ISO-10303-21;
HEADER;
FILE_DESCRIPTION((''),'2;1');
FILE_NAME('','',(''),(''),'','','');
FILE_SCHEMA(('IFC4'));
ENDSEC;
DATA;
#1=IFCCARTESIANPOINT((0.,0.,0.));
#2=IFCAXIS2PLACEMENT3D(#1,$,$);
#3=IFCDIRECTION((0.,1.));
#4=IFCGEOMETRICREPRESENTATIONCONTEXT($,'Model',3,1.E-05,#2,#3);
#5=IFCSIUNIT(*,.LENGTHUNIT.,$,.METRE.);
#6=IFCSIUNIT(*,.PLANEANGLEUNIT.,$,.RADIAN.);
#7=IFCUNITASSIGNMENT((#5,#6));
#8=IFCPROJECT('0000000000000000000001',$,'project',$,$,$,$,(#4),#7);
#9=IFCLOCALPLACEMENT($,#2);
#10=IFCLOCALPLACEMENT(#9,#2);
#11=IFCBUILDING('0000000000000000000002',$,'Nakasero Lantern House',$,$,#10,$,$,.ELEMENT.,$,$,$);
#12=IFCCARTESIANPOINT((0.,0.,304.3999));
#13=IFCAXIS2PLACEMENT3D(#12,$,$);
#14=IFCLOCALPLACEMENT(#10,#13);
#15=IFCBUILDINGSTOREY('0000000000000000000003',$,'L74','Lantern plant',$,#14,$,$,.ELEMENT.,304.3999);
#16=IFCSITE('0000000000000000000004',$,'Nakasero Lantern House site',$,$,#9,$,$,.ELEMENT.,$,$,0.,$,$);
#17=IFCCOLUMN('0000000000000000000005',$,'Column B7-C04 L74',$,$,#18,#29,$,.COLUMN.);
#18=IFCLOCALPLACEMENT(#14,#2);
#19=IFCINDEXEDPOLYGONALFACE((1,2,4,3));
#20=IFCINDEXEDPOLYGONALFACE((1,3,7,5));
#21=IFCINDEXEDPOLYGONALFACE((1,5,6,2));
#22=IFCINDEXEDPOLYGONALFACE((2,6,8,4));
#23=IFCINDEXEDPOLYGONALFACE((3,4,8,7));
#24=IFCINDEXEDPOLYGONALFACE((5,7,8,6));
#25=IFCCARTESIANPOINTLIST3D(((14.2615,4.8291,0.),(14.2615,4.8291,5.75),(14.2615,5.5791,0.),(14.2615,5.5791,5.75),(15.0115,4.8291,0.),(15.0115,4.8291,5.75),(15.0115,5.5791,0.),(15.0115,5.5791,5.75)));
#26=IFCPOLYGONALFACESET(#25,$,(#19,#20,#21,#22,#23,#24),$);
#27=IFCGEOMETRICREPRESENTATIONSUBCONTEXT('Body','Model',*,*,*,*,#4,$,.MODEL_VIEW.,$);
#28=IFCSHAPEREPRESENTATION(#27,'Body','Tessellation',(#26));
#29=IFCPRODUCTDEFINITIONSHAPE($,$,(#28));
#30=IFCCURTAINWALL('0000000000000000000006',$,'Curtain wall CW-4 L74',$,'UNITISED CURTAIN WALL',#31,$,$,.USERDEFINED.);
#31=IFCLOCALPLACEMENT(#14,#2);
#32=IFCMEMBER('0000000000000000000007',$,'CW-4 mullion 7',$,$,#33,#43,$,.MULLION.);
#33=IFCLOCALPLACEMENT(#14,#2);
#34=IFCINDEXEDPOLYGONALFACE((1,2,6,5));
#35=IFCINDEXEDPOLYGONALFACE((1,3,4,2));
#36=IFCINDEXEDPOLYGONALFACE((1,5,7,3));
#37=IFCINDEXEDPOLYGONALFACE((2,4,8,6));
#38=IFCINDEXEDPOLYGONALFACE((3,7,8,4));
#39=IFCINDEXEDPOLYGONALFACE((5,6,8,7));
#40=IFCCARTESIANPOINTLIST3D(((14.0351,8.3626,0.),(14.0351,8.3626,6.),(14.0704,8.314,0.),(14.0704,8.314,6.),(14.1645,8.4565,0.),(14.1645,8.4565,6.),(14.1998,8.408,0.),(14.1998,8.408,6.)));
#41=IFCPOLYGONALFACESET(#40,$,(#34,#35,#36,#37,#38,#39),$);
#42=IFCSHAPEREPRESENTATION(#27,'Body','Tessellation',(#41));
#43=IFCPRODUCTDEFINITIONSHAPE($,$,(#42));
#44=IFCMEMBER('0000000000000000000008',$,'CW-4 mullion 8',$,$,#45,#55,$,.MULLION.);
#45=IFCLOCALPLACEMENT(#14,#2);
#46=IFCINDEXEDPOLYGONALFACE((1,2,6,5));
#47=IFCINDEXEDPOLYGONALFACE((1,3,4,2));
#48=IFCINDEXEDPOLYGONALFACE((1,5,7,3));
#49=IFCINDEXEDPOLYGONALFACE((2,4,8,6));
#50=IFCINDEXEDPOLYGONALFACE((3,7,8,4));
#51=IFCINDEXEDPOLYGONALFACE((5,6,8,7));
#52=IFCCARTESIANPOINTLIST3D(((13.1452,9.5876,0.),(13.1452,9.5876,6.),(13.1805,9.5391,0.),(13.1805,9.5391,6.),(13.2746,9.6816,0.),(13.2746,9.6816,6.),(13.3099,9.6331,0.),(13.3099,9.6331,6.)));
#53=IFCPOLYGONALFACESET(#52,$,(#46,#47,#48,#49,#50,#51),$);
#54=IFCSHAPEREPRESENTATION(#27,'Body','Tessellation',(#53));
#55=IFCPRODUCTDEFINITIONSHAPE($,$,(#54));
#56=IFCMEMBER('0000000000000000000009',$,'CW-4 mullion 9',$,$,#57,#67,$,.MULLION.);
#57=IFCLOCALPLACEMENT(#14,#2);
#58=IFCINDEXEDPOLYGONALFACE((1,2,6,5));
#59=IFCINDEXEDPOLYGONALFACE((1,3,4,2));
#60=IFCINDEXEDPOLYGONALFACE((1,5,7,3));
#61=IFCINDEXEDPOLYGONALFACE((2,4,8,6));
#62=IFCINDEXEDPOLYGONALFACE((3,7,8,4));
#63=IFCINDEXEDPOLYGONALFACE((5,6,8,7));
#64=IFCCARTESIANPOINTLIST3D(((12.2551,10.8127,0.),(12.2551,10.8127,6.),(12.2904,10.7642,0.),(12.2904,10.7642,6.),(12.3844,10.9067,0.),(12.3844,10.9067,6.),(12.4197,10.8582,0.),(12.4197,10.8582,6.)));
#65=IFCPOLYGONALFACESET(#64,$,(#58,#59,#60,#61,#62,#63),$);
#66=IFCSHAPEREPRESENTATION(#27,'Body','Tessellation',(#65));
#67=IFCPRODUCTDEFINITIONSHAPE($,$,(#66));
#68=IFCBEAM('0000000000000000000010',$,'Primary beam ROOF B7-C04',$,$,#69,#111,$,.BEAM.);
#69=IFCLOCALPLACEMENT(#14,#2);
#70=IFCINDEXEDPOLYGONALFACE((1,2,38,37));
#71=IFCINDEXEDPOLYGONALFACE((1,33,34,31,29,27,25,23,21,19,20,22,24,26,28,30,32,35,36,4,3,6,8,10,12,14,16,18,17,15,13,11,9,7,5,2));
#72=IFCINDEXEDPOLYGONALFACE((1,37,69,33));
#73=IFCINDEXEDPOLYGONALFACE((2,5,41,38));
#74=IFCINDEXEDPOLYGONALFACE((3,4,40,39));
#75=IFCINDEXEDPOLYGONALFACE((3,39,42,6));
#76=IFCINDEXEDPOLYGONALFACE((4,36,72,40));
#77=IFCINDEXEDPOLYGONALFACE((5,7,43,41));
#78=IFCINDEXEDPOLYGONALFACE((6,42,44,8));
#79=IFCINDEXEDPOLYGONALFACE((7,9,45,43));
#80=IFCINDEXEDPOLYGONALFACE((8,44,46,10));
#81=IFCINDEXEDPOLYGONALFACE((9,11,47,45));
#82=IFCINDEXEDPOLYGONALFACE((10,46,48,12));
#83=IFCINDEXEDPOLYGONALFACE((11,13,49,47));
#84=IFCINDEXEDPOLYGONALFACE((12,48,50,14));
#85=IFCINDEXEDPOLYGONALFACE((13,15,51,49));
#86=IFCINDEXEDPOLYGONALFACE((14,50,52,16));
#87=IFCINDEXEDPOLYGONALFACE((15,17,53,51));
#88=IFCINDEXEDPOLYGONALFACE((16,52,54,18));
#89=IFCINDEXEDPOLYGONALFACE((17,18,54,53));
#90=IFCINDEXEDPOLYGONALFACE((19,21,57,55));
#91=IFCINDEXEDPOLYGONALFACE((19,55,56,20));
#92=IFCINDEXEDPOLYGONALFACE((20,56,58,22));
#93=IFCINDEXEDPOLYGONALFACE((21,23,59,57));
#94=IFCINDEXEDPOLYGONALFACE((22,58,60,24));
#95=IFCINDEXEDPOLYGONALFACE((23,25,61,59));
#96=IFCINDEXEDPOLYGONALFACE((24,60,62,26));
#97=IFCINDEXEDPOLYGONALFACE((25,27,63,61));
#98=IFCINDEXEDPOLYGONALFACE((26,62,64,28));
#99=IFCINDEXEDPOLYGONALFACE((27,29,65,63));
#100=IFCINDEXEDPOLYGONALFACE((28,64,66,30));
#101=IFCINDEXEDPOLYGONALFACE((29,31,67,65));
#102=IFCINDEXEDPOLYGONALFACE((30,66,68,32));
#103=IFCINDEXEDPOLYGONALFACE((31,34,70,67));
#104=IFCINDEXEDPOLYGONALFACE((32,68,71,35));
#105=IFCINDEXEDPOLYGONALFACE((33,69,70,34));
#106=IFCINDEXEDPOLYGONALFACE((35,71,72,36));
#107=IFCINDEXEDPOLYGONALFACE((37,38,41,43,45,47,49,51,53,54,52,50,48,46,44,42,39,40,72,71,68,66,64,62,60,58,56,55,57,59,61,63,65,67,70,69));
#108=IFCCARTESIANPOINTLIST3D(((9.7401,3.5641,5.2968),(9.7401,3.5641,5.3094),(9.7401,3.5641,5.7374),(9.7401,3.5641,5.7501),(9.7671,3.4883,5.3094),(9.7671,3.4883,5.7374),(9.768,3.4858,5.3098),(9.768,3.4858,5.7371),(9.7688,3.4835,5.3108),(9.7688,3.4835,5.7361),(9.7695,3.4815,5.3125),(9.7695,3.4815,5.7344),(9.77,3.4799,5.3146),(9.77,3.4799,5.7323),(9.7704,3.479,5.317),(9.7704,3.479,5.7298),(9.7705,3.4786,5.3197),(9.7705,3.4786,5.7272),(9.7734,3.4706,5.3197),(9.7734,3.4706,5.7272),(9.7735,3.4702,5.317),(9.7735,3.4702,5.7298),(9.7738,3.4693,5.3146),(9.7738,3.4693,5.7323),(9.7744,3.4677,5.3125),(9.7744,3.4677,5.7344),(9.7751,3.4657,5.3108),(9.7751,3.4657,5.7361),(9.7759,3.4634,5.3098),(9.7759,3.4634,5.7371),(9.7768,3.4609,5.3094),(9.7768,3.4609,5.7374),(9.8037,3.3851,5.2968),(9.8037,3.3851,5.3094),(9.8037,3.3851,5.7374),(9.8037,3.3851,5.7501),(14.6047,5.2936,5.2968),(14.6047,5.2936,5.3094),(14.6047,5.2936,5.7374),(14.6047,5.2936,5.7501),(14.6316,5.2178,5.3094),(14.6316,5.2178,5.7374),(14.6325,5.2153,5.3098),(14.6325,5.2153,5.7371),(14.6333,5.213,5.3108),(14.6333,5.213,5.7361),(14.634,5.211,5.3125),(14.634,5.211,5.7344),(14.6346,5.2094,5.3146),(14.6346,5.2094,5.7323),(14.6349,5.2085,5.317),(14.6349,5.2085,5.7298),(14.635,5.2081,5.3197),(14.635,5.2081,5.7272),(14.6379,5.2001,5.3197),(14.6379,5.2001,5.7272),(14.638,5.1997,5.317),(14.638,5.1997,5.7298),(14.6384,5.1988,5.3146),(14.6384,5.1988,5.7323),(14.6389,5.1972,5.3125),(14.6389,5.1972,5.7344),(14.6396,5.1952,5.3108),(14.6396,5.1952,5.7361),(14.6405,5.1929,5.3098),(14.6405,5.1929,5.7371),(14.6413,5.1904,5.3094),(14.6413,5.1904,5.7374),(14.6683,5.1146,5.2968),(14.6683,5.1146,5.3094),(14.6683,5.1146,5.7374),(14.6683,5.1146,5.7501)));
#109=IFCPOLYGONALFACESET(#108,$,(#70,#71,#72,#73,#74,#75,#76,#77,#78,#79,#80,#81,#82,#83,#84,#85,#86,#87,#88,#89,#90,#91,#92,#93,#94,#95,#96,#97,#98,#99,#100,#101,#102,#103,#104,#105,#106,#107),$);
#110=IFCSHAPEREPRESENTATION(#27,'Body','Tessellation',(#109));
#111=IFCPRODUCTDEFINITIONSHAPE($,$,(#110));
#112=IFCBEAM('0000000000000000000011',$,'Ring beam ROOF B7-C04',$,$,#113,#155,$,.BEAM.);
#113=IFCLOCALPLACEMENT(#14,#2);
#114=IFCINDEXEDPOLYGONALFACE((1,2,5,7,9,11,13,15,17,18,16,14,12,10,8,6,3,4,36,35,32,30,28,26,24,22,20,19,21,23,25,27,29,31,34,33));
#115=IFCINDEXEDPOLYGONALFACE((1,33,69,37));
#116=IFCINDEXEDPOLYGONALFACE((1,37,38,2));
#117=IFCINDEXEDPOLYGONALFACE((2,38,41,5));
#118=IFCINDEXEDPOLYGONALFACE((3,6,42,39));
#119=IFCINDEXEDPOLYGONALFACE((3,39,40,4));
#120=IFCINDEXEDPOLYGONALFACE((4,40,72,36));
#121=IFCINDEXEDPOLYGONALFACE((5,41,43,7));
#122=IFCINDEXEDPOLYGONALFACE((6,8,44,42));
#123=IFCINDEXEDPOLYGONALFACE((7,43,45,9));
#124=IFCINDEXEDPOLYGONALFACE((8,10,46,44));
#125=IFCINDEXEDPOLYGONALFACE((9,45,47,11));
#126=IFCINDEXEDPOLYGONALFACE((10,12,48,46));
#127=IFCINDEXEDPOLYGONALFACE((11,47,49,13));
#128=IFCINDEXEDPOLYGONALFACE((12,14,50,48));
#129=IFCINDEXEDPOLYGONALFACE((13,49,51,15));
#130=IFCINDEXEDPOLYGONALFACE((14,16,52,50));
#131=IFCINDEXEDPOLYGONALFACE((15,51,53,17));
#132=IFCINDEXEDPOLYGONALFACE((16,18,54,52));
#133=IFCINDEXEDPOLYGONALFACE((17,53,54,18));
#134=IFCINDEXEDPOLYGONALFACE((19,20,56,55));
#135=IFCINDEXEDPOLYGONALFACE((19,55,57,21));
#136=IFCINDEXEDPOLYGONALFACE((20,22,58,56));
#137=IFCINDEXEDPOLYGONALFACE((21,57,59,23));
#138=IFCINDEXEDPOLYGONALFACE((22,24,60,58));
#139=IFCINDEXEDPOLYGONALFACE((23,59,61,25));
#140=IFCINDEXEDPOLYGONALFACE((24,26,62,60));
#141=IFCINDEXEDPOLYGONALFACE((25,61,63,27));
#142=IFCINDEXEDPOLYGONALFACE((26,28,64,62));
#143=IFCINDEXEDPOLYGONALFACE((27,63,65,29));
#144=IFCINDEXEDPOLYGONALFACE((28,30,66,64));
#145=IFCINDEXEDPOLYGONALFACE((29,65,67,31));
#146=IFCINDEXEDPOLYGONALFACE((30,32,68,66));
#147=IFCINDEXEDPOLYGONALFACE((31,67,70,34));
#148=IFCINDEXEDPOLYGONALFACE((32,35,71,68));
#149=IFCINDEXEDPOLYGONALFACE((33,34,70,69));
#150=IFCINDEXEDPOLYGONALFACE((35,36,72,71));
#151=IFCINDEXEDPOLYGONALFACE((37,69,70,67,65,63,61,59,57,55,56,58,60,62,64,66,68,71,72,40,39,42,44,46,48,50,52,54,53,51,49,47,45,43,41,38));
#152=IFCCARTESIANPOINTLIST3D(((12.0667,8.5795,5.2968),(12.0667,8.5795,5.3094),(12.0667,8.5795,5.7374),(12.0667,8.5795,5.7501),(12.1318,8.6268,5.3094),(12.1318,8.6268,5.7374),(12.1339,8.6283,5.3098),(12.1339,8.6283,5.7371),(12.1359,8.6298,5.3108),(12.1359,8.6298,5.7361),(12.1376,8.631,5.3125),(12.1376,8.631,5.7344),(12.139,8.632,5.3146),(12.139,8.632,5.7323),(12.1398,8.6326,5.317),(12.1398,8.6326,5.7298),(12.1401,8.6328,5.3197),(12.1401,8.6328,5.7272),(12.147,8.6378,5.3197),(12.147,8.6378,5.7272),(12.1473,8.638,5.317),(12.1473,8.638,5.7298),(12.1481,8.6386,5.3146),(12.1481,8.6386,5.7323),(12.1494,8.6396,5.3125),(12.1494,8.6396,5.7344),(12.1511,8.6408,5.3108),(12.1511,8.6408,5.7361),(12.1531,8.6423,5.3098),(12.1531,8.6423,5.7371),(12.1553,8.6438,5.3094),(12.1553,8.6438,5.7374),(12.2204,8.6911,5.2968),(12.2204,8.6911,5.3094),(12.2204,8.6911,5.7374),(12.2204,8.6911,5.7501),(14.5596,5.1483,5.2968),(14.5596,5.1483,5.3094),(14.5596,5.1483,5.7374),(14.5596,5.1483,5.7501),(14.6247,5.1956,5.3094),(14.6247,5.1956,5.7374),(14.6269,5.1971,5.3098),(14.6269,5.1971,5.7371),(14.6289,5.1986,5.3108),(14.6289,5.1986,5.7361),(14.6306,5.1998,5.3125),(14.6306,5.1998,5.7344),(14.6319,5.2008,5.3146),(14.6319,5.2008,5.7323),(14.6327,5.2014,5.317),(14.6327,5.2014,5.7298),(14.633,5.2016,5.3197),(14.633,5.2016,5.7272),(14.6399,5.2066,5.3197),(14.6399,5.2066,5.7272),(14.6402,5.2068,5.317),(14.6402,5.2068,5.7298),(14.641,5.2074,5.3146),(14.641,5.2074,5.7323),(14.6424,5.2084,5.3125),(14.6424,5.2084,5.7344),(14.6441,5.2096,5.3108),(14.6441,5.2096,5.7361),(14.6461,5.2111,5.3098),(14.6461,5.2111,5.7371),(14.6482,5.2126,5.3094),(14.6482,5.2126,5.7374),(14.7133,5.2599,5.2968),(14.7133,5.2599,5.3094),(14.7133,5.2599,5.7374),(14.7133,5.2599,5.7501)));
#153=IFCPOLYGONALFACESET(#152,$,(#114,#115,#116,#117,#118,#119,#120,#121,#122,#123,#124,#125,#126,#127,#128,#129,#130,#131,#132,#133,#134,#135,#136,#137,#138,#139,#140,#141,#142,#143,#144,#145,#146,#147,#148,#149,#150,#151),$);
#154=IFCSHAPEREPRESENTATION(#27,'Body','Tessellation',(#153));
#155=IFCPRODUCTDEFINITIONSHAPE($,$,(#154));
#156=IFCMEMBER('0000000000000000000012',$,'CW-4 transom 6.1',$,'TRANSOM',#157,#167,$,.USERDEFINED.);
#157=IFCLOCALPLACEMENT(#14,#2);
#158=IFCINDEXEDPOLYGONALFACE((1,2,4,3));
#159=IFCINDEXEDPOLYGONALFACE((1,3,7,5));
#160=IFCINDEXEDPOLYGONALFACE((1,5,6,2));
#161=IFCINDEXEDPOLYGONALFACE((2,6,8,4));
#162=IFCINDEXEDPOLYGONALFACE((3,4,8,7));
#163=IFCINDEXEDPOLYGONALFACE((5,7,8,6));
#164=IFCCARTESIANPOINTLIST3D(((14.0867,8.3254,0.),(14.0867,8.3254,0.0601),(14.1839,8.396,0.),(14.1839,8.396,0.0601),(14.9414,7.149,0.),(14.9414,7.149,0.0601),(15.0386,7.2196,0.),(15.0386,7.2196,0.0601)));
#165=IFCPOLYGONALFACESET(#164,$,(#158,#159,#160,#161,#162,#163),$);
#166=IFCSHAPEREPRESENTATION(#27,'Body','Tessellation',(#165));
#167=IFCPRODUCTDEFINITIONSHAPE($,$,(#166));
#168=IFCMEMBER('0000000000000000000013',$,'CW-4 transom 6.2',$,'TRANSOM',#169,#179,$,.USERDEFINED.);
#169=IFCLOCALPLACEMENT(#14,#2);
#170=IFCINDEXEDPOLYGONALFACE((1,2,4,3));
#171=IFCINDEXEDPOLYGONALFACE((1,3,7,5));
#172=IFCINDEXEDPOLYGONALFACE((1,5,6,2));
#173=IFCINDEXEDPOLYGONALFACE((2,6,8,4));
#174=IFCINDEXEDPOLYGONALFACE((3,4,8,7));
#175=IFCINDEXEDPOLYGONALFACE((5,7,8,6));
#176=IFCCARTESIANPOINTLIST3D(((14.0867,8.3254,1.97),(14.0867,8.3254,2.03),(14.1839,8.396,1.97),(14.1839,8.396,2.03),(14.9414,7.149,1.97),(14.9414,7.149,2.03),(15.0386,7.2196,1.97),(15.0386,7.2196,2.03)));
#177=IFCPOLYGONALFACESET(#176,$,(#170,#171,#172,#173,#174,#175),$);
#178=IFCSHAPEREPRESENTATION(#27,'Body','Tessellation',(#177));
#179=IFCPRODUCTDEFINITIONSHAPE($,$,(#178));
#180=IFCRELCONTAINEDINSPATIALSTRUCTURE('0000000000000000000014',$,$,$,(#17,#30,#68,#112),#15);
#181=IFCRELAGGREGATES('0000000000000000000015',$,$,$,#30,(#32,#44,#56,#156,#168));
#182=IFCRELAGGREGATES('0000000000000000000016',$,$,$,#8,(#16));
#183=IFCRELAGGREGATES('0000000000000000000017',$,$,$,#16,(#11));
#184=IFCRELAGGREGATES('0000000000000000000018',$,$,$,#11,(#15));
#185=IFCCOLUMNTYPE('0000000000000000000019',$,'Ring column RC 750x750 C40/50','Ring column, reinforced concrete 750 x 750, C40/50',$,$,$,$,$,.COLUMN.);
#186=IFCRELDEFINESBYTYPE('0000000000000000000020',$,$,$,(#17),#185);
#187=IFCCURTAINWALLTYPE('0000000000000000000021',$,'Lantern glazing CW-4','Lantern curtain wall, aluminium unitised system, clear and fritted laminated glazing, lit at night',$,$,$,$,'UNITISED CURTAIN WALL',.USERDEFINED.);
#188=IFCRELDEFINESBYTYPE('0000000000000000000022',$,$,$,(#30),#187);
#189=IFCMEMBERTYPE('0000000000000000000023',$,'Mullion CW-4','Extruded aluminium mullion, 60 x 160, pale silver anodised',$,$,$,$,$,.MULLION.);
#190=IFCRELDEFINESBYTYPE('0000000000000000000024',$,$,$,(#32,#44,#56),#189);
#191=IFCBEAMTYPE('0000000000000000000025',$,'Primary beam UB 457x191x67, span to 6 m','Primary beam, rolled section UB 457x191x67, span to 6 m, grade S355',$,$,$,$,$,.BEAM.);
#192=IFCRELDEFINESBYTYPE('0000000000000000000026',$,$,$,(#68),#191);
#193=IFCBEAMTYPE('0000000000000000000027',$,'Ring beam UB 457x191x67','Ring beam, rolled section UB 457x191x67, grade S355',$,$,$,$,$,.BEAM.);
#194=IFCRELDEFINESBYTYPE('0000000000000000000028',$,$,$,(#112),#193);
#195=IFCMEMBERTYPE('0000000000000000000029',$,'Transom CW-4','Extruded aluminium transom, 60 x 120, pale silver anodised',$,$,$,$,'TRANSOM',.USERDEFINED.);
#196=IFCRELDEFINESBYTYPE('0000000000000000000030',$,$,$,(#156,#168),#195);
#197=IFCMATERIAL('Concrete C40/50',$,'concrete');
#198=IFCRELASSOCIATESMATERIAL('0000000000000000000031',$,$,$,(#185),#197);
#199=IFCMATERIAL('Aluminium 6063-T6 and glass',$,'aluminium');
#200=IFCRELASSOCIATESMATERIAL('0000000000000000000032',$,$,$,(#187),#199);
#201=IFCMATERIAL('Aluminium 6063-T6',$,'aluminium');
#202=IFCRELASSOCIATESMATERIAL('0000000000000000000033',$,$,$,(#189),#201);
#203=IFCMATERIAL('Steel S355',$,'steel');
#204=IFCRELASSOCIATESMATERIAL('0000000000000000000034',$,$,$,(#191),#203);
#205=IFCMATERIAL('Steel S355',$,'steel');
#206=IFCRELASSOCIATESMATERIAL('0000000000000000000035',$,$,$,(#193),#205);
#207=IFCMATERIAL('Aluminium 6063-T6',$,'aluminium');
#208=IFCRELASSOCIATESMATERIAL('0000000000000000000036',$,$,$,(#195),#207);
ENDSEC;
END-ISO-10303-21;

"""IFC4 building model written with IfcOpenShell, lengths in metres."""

from ifc_helpers import new_model, si_unit, direction, frame, origin, origin_2d, place, context, subcontext, project, spatial, rectangle, i_section, extrude, material, material_profile, profile_set, type_object, element, aggregate, save


model = new_model("IFC4")

# Units and contexts
model_context = context("Model", 3, precision=1e-05, world=origin(), true_north=direction((0.0, 1.0)))
body_context = subcontext(model_context, "Body", "Model", "MODEL_VIEW")
ifc_project = project(units=[si_unit("LENGTHUNIT", "METRE"), si_unit("PLANEANGLEUNIT", "RADIAN")], contexts=[model_context])

# Site, building, storey
site_placement = place(None, origin())
site = spatial("IfcSite", under=ifc_project, at=site_placement, Name="Nakasero Lantern House site", CompositionType="ELEMENT", RefElevation=0.0)
building_placement = place(site_placement, origin())
building = spatial("IfcBuilding", under=site, at=building_placement, Name="Nakasero Lantern House", CompositionType="ELEMENT")
storey_placement = place(building_placement, frame((0.0, 0.0, 304.3999)))
storey = spatial("IfcBuildingStorey", under=building, at=storey_placement, Name="L74", Description="Lantern plant", CompositionType="ELEMENT", Elevation=304.3999)

# Column
ifc_material_1 = material(Name="Concrete C40/50", Category="concrete")
ifc_material_profile_1 = material_profile(ifc_material_1, rectangle(XDim=0.75, YDim=0.75, at=origin_2d()), Name="RC 750x750")
ifc_profile_set_1 = profile_set([ifc_material_profile_1], Name="Concrete C40/50")
column_type = type_object("IfcColumnType", Name="Ring column RC 750x750 C40/50", Description="Ring column, reinforced concrete 750 x 750, C40/50", PredefinedType="COLUMN", material=ifc_profile_set_1)
column_placement = place(storey_placement, frame((14.6365, 5.2041, 0.0), z_axis=(0.0, 0.0, 1.0), x_axis=(1.0, 0.0, 0.0)))
element("IfcColumn", 1, at=column_placement, inside=storey, type_object=column_type, Name="Column B7-C04 L74", PredefinedType="COLUMN", context=body_context, shape_type="SweptSolid", body=[
    extrude(rectangle(XDim=0.75, YDim=0.75, at=origin_2d()), origin(), (0.0, 0.0, 1.0), 5.75),
])

# Curtain wall, members
ifc_material_2 = material(Name="Aluminium 6063-T6 and glass", Category="aluminium")
curtain_wall_type = type_object("IfcCurtainWallType", Name="Lantern glazing CW-4", Description="Lantern curtain wall, aluminium unitised system, clear and fritted laminated glazing, lit at night", ElementType="UNITISED CURTAIN WALL", PredefinedType="USERDEFINED", material=ifc_material_2)
curtain_wall_placement = place(storey_placement, origin())
curtain_wall = element("IfcCurtainWall", 2, at=curtain_wall_placement, inside=storey, type_object=curtain_wall_type, Name="Curtain wall CW-4 L74", ObjectType="UNITISED CURTAIN WALL", PredefinedType="USERDEFINED")
ifc_material_3 = material(Name="Aluminium 6063-T6", Category="aluminium")
ifc_material_profile_2 = material_profile(ifc_material_3, rectangle(XDim=0.0601, YDim=0.1599, at=origin_2d()), Name="CW-4 mullion 60x160")
ifc_profile_set_2 = profile_set([ifc_material_profile_2], Name="Aluminium 6063-T6")
member_type_1 = type_object("IfcMemberType", Name="Mullion CW-4", Description="Extruded aluminium mullion, 60 x 160, pale silver anodised", PredefinedType="MULLION", material=ifc_profile_set_2)
member_1_placement = place(storey_placement, frame((14.1174, 8.3853, 0.0), z_axis=(0.0, 0.0, 1.0), x_axis=(-0.587785, 0.809017, 0.0)))
member_1 = element("IfcMember", 3, at=member_1_placement, type_object=member_type_1, Name="CW-4 mullion 7", PredefinedType="MULLION", context=body_context, shape_type="SweptSolid", body=[
    extrude(rectangle(XDim=0.0601, YDim=0.1599, at=origin_2d()), origin(), (0.0, 0.0, 1.0), 6.0),
])
member_2_placement = place(storey_placement, frame((13.2275, 9.6104, 0.0), z_axis=(0.0, 0.0, 1.0), x_axis=(-0.587785, 0.809017, 0.0)))
member_2 = element("IfcMember", 4, at=member_2_placement, type_object=member_type_1, Name="CW-4 mullion 8", PredefinedType="MULLION", context=body_context, shape_type="SweptSolid", body=[
    extrude(rectangle(XDim=0.0601, YDim=0.1599, at=origin_2d()), origin(), (0.0, 0.0, 1.0), 6.0),
])
member_3_placement = place(storey_placement, frame((12.3374, 10.8354, 0.0), z_axis=(0.0, 0.0, 1.0), x_axis=(-0.587785, 0.809017, 0.0)))
member_3 = element("IfcMember", 5, at=member_3_placement, type_object=member_type_1, Name="CW-4 mullion 9", PredefinedType="MULLION", context=body_context, shape_type="SweptSolid", body=[
    extrude(rectangle(XDim=0.0601, YDim=0.1599, at=origin_2d()), origin(), (0.0, 0.0, 1.0), 6.0),
])

# Beams
ifc_material_4 = material(Name="Steel S355", Category="steel")
ifc_material_profile_3 = material_profile(ifc_material_4, i_section(OverallWidth=0.1899, OverallDepth=0.4534, WebThickness=0.0085, FlangeThickness=0.0127, FilletRadius=0.0103, at=origin_2d()), Name="UB 457x191x67")
ifc_profile_set_3 = profile_set([ifc_material_profile_3], Name="Steel S355")
beam_type_1 = type_object("IfcBeamType", Name="Primary beam UB 457x191x67, span to 6 m", Description="Primary beam, rolled section UB 457x191x67, span to 6 m, grade S355", PredefinedType="BEAM", material=ifc_profile_set_3)
beam_1_placement = place(storey_placement, frame((14.6365, 5.2041, 5.5234), z_axis=(-0.942221, -0.334991, 0.0), x_axis=(0.334991, -0.942221, 0.0)))
element("IfcBeam", 6, at=beam_1_placement, inside=storey, type_object=beam_type_1, Name="Primary beam ROOF B7-C04", PredefinedType="BEAM", context=body_context, shape_type="SweptSolid", body=[
    extrude(i_section(OverallWidth=0.1899, OverallDepth=0.4534, WebThickness=0.0085, FlangeThickness=0.0127, FilletRadius=0.0103, at=origin_2d()), origin(), (0.0, 0.0, 1.0), 5.1628),
])
ifc_material_5 = material(Name="Steel S355", Category="steel")
ifc_material_profile_4 = material_profile(ifc_material_5, i_section(OverallWidth=0.1899, OverallDepth=0.4534, WebThickness=0.0085, FlangeThickness=0.0127, FilletRadius=0.0103, at=origin_2d()), Name="UB 457x191x67")
ifc_profile_set_4 = profile_set([ifc_material_profile_4], Name="Steel S355")
beam_type_2 = type_object("IfcBeamType", Name="Ring beam UB 457x191x67", Description="Ring beam, rolled section UB 457x191x67, grade S355", PredefinedType="BEAM", material=ifc_profile_set_4)
beam_2_placement = place(storey_placement, frame((14.6365, 5.2041, 5.5234), z_axis=(-0.587792, 0.809012, 0.0), x_axis=(-0.809012, -0.587792, 0.0)))
element("IfcBeam", 7, at=beam_2_placement, inside=storey, type_object=beam_type_2, Name="Ring beam ROOF B7-C04", PredefinedType="BEAM", context=body_context, shape_type="SweptSolid", body=[
    extrude(i_section(OverallWidth=0.1899, OverallDepth=0.4534, WebThickness=0.0085, FlangeThickness=0.0127, FilletRadius=0.0103, at=origin_2d()), origin(), (0.0, 0.0, 1.0), 4.2412),
])

# Members
ifc_material_6 = material(Name="Aluminium 6063-T6", Category="aluminium")
ifc_material_profile_5 = material_profile(ifc_material_6, rectangle(XDim=0.0601, YDim=0.1201, at=origin_2d()), Name="CW-4 transom 60x120")
ifc_profile_set_5 = profile_set([ifc_material_profile_5], Name="Aluminium 6063-T6")
member_type_2 = type_object("IfcMemberType", Name="Transom CW-4", Description="Extruded aluminium transom, 60 x 120, pale silver anodised", ElementType="TRANSOM", PredefinedType="USERDEFINED", material=ifc_profile_set_5)
member_4_placement = place(storey_placement, frame((14.99, 7.1843, 0.03), z_axis=(-0.587762, 0.809034, 0.0), x_axis=(0.0, 0.0, 1.0)))
member_4 = element("IfcMember", 8, at=member_4_placement, type_object=member_type_2, Name="CW-4 transom 6.1", ObjectType="TRANSOM", PredefinedType="USERDEFINED", context=body_context, shape_type="SweptSolid", body=[
    extrude(rectangle(XDim=0.0601, YDim=0.1201, at=origin_2d()), origin(), (0.0, 0.0, 1.0), 1.4541),
])
member_5_placement = place(storey_placement, frame((14.99, 7.1843, 2.0), z_axis=(-0.587762, 0.809034, 0.0), x_axis=(0.0, 0.0, 1.0)))
member_5 = element("IfcMember", 9, at=member_5_placement, type_object=member_type_2, Name="CW-4 transom 6.2", ObjectType="TRANSOM", PredefinedType="USERDEFINED", context=body_context, shape_type="SweptSolid", body=[
    extrude(rectangle(XDim=0.0601, YDim=0.1201, at=origin_2d()), origin(), (0.0, 0.0, 1.0), 1.4541),
])

aggregate(curtain_wall, [member_1, member_2, member_3, member_4, member_5])

save(model, "model.ifc")
